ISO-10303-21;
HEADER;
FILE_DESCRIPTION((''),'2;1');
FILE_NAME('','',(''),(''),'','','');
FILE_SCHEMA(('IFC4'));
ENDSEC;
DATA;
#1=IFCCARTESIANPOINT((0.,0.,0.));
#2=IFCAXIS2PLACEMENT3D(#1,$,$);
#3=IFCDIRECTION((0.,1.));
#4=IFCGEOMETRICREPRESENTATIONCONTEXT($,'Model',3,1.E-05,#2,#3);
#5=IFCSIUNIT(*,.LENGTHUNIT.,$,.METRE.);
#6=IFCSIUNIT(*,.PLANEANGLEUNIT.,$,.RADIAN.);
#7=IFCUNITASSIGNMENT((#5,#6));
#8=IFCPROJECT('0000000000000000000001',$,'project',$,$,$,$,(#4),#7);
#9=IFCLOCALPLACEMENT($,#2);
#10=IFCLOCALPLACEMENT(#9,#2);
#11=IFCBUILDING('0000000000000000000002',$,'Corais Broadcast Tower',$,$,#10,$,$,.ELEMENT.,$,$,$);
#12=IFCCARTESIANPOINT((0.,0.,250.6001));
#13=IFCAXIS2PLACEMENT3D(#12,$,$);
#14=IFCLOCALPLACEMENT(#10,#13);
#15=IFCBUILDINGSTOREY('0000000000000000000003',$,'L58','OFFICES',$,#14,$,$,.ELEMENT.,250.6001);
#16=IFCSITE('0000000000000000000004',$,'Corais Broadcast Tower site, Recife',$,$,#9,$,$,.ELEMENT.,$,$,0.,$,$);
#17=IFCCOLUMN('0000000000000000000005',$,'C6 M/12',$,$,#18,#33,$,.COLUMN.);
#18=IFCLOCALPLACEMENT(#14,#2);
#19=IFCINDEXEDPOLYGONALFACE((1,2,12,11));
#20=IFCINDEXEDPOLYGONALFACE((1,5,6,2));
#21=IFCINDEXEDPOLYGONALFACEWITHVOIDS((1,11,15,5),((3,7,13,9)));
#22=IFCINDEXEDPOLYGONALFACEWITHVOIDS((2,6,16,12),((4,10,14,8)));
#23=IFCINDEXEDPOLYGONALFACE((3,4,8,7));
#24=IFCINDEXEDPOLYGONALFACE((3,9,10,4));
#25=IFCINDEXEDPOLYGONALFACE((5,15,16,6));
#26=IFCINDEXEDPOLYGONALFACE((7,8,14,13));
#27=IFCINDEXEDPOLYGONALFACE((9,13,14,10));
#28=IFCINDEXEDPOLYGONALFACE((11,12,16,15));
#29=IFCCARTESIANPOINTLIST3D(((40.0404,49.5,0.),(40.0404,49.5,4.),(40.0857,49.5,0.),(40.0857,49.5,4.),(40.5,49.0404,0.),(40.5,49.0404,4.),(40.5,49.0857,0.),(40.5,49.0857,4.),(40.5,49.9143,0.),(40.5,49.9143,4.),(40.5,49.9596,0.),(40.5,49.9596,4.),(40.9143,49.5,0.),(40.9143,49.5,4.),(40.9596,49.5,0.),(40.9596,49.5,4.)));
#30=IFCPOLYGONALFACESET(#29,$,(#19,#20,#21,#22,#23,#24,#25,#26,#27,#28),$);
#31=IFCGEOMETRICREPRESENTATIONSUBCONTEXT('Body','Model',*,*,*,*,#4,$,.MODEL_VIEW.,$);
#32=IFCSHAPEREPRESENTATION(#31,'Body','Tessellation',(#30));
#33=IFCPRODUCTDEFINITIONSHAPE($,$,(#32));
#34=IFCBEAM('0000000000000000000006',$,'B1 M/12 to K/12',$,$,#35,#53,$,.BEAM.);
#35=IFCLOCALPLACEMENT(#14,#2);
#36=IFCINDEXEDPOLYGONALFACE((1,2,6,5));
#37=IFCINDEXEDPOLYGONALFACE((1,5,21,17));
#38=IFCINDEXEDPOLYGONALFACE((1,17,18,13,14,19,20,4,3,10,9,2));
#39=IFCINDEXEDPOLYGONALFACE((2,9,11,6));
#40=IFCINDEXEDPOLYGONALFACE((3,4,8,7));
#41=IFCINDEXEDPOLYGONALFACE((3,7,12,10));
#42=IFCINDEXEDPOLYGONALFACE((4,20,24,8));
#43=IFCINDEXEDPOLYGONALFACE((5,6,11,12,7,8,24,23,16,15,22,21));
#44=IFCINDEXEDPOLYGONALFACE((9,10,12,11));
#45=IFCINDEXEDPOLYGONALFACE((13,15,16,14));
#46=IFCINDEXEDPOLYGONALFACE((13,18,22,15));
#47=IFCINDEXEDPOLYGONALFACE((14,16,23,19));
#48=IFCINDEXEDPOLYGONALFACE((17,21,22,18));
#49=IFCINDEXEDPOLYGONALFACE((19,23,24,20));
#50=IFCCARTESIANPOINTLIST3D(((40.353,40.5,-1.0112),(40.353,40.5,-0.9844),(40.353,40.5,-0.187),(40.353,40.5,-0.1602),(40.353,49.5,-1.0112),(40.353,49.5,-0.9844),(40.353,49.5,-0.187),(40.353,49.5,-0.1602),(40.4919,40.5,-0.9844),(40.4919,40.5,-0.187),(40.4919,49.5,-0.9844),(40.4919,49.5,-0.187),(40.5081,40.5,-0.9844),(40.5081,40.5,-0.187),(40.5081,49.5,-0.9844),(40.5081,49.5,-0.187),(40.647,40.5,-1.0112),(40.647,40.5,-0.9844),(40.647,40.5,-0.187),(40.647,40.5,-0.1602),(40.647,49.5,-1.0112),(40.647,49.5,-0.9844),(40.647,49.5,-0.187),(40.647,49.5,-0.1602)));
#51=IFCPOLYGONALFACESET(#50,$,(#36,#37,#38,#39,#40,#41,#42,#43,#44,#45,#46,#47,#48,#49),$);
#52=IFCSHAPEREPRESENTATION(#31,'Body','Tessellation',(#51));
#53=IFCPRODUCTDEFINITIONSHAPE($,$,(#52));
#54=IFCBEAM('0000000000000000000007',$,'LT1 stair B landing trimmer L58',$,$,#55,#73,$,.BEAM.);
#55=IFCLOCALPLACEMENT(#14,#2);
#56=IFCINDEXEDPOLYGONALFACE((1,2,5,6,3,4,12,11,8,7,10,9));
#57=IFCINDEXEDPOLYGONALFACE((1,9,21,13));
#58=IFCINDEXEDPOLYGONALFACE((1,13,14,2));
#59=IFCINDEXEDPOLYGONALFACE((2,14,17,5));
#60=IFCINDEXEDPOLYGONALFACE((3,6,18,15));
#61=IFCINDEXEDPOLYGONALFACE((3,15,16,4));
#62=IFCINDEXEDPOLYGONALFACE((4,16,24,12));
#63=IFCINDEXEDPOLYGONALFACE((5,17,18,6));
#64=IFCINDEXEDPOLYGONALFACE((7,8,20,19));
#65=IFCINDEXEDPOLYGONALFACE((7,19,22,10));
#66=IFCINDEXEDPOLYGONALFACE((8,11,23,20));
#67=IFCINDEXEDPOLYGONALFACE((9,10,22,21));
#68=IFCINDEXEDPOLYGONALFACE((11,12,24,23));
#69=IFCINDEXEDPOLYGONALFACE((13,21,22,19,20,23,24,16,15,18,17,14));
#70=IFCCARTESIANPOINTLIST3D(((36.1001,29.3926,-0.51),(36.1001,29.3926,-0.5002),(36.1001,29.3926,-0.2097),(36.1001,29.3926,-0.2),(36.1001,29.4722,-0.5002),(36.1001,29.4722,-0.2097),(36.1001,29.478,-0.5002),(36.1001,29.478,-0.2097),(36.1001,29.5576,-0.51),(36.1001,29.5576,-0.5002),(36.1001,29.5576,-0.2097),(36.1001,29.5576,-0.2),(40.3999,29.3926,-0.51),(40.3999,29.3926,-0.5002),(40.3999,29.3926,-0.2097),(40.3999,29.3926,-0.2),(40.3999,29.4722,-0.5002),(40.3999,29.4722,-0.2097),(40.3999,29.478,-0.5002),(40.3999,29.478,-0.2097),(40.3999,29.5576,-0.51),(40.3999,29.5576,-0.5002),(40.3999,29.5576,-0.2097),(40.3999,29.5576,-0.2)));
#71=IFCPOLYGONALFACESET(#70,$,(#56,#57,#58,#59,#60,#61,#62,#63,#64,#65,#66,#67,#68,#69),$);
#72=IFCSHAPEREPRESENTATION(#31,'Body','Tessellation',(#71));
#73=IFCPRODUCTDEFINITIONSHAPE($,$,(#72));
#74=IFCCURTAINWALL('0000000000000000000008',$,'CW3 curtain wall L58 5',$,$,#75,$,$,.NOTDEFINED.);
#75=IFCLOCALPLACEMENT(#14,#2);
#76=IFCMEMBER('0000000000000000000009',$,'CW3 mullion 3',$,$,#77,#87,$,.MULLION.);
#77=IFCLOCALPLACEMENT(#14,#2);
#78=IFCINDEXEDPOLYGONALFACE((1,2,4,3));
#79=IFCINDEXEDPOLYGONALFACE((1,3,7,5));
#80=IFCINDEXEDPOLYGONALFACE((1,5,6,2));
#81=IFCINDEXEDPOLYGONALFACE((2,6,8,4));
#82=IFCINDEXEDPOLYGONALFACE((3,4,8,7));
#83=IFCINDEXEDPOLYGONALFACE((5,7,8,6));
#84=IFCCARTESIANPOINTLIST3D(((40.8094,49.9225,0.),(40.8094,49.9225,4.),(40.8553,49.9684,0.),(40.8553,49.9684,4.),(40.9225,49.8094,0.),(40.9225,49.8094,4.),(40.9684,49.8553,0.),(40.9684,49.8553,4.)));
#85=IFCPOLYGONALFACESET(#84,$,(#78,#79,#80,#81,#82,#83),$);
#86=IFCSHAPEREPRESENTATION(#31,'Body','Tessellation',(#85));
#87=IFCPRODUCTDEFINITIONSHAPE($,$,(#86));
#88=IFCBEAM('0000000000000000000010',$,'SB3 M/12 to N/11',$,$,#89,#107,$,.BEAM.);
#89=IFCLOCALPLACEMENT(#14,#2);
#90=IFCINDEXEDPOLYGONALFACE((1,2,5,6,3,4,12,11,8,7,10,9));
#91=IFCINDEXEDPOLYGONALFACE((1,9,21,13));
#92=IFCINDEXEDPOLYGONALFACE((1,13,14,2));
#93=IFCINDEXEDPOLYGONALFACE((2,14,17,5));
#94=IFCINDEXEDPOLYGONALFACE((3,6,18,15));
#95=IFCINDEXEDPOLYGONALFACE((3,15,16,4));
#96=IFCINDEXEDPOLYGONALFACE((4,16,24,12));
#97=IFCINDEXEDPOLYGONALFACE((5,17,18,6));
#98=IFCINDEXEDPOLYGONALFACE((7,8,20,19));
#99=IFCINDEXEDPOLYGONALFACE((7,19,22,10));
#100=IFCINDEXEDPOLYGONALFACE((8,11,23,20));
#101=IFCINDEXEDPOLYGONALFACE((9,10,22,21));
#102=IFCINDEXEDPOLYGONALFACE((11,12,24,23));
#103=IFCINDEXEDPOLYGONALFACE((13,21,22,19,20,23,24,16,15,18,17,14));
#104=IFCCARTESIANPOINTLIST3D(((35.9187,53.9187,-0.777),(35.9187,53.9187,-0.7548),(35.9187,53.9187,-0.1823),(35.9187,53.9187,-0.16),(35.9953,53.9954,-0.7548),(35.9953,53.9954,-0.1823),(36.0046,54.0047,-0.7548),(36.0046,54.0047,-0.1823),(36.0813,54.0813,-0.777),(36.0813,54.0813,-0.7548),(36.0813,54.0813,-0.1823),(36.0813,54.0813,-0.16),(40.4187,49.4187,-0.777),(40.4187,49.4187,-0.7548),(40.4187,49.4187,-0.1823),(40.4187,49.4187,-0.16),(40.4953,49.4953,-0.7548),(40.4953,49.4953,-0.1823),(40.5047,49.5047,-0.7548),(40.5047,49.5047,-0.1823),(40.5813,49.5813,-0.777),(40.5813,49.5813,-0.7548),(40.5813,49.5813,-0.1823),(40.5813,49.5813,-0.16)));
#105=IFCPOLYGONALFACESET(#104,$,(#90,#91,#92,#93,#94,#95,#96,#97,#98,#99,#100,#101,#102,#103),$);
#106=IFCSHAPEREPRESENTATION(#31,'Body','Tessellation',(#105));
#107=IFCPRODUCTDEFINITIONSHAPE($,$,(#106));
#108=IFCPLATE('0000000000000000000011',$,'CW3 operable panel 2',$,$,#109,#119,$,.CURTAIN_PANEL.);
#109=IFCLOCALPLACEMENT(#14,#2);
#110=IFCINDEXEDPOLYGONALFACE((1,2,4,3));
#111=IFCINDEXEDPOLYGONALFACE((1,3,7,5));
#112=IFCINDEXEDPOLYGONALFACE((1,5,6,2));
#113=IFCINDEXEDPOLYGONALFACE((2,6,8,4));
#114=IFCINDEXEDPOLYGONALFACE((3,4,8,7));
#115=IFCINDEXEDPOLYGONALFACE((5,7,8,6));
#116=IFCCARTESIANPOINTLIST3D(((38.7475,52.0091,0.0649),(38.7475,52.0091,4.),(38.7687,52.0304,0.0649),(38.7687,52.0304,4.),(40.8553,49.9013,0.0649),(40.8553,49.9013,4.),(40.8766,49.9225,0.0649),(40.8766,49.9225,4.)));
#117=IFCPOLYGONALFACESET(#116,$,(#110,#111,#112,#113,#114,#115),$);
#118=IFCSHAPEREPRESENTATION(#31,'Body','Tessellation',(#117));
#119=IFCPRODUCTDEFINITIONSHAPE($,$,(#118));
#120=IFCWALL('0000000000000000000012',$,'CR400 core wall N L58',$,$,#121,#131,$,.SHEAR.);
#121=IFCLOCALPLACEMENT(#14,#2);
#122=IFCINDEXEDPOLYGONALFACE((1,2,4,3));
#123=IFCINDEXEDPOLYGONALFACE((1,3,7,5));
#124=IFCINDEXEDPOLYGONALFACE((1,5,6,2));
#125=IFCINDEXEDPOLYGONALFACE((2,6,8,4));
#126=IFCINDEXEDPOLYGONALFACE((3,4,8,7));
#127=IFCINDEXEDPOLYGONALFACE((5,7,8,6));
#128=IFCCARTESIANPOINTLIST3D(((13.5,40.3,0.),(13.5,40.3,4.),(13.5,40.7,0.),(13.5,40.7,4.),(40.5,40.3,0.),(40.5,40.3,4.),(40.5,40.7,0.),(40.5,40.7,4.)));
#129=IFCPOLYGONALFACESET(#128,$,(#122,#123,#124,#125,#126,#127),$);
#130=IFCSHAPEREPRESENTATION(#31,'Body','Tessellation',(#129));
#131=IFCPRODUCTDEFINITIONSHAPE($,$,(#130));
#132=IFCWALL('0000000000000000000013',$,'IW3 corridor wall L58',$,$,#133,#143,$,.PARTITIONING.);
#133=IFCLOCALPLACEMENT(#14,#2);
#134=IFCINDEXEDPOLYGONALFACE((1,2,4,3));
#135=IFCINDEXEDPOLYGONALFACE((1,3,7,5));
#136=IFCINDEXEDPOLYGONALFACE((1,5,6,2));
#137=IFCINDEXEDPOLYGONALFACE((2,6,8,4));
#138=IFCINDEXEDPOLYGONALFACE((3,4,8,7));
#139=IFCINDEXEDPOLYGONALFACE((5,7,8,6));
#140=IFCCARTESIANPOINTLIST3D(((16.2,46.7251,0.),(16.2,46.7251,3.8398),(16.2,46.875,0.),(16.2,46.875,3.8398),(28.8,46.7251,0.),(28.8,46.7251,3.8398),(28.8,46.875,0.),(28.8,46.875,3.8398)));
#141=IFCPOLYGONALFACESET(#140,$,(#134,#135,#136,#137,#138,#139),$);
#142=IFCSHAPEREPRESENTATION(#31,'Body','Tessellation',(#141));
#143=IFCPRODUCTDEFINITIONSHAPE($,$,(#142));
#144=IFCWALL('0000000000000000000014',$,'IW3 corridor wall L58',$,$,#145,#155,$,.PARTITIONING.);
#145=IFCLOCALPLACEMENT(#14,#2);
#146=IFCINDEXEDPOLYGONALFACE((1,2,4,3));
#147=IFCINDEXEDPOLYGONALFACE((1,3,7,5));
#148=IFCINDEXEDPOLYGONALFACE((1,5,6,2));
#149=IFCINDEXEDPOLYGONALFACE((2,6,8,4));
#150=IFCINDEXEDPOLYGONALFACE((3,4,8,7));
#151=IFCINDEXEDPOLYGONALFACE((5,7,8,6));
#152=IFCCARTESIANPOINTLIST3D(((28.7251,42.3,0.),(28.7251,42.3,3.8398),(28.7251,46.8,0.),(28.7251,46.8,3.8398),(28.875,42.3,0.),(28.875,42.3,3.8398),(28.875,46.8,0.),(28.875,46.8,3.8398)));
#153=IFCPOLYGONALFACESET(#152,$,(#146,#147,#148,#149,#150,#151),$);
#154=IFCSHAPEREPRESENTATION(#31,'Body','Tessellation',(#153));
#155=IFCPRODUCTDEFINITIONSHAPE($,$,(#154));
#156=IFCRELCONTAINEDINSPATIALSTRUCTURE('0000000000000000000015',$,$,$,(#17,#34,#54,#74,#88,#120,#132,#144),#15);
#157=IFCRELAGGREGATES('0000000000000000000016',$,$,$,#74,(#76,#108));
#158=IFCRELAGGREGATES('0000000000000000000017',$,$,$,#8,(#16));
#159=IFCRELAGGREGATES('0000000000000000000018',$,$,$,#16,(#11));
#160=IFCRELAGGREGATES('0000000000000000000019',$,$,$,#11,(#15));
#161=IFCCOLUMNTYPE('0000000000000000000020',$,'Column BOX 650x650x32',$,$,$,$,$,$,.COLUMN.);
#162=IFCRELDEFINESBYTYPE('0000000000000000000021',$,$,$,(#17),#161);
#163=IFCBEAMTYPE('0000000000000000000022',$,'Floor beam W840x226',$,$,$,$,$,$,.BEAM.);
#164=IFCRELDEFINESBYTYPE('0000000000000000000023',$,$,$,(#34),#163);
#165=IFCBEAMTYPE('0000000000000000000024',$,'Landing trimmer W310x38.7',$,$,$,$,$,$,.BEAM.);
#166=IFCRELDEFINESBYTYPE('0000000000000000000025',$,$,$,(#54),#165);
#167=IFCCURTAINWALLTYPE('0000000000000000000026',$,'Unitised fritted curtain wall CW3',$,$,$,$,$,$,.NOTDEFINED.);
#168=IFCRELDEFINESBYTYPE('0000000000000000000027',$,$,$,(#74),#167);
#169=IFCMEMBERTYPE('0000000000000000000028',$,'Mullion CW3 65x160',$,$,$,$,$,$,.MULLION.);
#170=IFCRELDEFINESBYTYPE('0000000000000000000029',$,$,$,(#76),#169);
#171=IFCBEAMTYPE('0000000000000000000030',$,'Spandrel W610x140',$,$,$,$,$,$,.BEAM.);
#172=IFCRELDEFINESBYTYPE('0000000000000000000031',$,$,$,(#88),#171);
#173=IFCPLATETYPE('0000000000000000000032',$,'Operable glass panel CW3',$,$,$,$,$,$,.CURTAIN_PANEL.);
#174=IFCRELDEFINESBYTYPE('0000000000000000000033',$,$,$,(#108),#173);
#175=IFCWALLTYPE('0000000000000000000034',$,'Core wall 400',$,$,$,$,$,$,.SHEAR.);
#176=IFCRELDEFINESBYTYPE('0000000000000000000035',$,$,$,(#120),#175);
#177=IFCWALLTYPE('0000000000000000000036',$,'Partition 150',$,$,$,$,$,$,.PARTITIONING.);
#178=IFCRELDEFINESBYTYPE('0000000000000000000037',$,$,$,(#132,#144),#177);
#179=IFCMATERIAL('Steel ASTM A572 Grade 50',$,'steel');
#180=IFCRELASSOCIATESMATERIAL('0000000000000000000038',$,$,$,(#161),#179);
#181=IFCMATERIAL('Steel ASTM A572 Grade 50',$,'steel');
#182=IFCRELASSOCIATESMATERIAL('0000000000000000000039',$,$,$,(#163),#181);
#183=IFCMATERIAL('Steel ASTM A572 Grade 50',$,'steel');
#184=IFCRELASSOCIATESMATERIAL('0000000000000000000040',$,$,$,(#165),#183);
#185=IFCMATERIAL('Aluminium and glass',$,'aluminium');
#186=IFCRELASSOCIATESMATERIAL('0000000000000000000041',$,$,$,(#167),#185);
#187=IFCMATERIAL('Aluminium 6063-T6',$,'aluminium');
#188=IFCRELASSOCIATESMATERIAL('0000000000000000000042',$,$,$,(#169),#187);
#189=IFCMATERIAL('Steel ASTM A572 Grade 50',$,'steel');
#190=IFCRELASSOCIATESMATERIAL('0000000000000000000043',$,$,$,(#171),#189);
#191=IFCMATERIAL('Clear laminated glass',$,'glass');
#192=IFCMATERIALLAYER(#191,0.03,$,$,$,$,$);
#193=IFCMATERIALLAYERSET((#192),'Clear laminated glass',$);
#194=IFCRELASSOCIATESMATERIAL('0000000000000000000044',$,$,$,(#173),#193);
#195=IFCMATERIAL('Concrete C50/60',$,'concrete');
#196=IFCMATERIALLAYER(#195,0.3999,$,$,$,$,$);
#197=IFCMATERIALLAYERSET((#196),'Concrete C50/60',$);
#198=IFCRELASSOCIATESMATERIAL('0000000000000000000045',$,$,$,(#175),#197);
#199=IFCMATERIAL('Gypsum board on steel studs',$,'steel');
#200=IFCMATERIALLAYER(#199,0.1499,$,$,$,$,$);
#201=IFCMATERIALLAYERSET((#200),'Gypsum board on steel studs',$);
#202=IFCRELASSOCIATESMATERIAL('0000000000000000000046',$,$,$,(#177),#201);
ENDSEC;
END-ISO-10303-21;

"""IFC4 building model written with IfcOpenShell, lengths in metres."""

from ifc_helpers import new_model, si_unit, direction, frame, frame_2d, origin, origin_2d, place, context, subcontext, project, spatial, rectangle, hollow_rectangle, i_section, extrude, material, layer, layer_set, material_profile, profile_set, type_object, element, aggregate, save


model = new_model("IFC4")

# Units and contexts
model_context = context("Model", 3, precision=1e-05, world=origin(), true_north=direction((0.0, 1.0)))
body_context = subcontext(model_context, "Body", "Model", "MODEL_VIEW")
ifc_project = project(units=[si_unit("LENGTHUNIT", "METRE"), si_unit("PLANEANGLEUNIT", "RADIAN")], contexts=[model_context])

# Site, building, storey
site_placement = place(None, origin())
site = spatial("IfcSite", under=ifc_project, at=site_placement, Name="Corais Broadcast Tower site, Recife", CompositionType="ELEMENT", RefElevation=0.0)
building_placement = place(site_placement, origin())
building = spatial("IfcBuilding", under=site, at=building_placement, Name="Corais Broadcast Tower", CompositionType="ELEMENT")
storey_placement = place(building_placement, frame((0.0, 0.0, 250.6001)))
storey = spatial("IfcBuildingStorey", under=building, at=storey_placement, Name="L58", Description="OFFICES", CompositionType="ELEMENT", Elevation=250.6001)

# Column
ifc_material_1 = material(Name="Steel ASTM A572 Grade 50", Category="steel")
ifc_material_profile_1 = material_profile(ifc_material_1, hollow_rectangle(XDim=0.6499, YDim=0.6499, WallThickness=0.032, at=origin_2d()), Name="BOX 650x650x32")
ifc_profile_set_1 = profile_set([ifc_material_profile_1], Name="Steel ASTM A572 Grade 50")
column_type = type_object("IfcColumnType", Name="Column BOX 650x650x32", PredefinedType="COLUMN", material=ifc_profile_set_1)
column_placement = place(storey_placement, frame((40.5, 49.5, 0.0), z_axis=(0.0, 0.0, 1.0), x_axis=(0.707107, 0.707107, 0.0)))
element("IfcColumn", 1, at=column_placement, inside=storey, type_object=column_type, Name="C6 M/12", PredefinedType="COLUMN", context=body_context, shape_type="SweptSolid", body=[
    extrude(hollow_rectangle(XDim=0.6499, YDim=0.6499, WallThickness=0.032, at=origin_2d()), origin(), (0.0, 0.0, 1.0), 4.0),
])

# Beams
ifc_material_2 = material(Name="Steel ASTM A572 Grade 50", Category="steel")
ifc_material_profile_2 = material_profile(ifc_material_2, i_section(OverallWidth=0.2939, OverallDepth=0.8511, WebThickness=0.0161, FlangeThickness=0.0269, at=origin_2d()), Name="W840x226")
ifc_profile_set_2 = profile_set([ifc_material_profile_2], Name="Steel ASTM A572 Grade 50")
beam_type_1 = type_object("IfcBeamType", Name="Floor beam W840x226", PredefinedType="BEAM", material=ifc_profile_set_2)
beam_1_placement = place(storey_placement, frame((40.5, 49.5, -0.5857), z_axis=(0.0, -1.0, 0.0), x_axis=(1.0, 0.0, 0.0)))
element("IfcBeam", 2, at=beam_1_placement, inside=storey, type_object=beam_type_1, Name="B1 M/12 to K/12", PredefinedType="BEAM", context=body_context, shape_type="SweptSolid", body=[
    extrude(i_section(OverallWidth=0.2939, OverallDepth=0.8511, WebThickness=0.0161, FlangeThickness=0.0269, at=origin_2d()), origin(), (0.0, 0.0, 1.0), 9.0),
])
ifc_material_3 = material(Name="Steel ASTM A572 Grade 50", Category="steel")
ifc_material_profile_3 = material_profile(ifc_material_3, i_section(OverallWidth=0.165, OverallDepth=0.3101, WebThickness=0.0059, FlangeThickness=0.0098, at=origin_2d()), Name="W310x38.7")
ifc_profile_set_3 = profile_set([ifc_material_profile_3], Name="Steel ASTM A572 Grade 50")
beam_type_2 = type_object("IfcBeamType", Name="Landing trimmer W310x38.7", PredefinedType="BEAM", material=ifc_profile_set_3)
beam_2_placement = place(storey_placement, frame((36.1001, 29.4751, -0.355), z_axis=(1.0, 0.0, 0.0), x_axis=(0.0, 1.0, 0.0)))
element("IfcBeam", 3, at=beam_2_placement, inside=storey, type_object=beam_type_2, Name="LT1 stair B landing trimmer L58", PredefinedType="BEAM", context=body_context, shape_type="SweptSolid", body=[
    extrude(i_section(OverallWidth=0.165, OverallDepth=0.3101, WebThickness=0.0059, FlangeThickness=0.0098, at=origin_2d()), origin(), (0.0, 0.0, 1.0), 4.2998),
])

# Curtain wall, member
ifc_material_4 = material(Name="Aluminium and glass", Category="aluminium")
curtain_wall_type = type_object("IfcCurtainWallType", Name="Unitised fritted curtain wall CW3", PredefinedType="NOTDEFINED", material=ifc_material_4)
curtain_wall_placement = place(storey_placement, origin())
curtain_wall = element("IfcCurtainWall", 4, at=curtain_wall_placement, inside=storey, type_object=curtain_wall_type, Name="CW3 curtain wall L58 5", PredefinedType="NOTDEFINED")
ifc_material_5 = material(Name="Aluminium 6063-T6", Category="aluminium")
ifc_material_profile_4 = material_profile(ifc_material_5, rectangle(XDim=0.0649, YDim=0.1599, at=origin_2d()), Name="Mullion CW3 65x160")
ifc_profile_set_4 = profile_set([ifc_material_profile_4], Name="Aluminium 6063-T6")
member_type = type_object("IfcMemberType", Name="Mullion CW3 65x160", PredefinedType="MULLION", material=ifc_profile_set_4)
member_placement = place(storey_placement, frame((40.8889, 49.8889, 0.0), z_axis=(0.0, 0.0, 1.0), x_axis=(0.707107, 0.707107, 0.0)))
member = element("IfcMember", 5, at=member_placement, type_object=member_type, Name="CW3 mullion 3", PredefinedType="MULLION", context=body_context, shape_type="SweptSolid", body=[
    extrude(rectangle(XDim=0.0649, YDim=0.1599, at=origin_2d()), origin(), (0.0, 0.0, 1.0), 4.0),
])

# Beam
ifc_material_6 = material(Name="Steel ASTM A572 Grade 50", Category="steel")
ifc_material_profile_5 = material_profile(ifc_material_6, i_section(OverallWidth=0.23, OverallDepth=0.6169, WebThickness=0.0132, FlangeThickness=0.0222, at=origin_2d()), Name="W610x140")
ifc_profile_set_5 = profile_set([ifc_material_profile_5], Name="Steel ASTM A572 Grade 50")
beam_type_3 = type_object("IfcBeamType", Name="Spandrel W610x140", PredefinedType="BEAM", material=ifc_profile_set_5)
beam_3_placement = place(storey_placement, frame((40.5, 49.5, -0.4685), z_axis=(-0.707107, 0.707107, 0.0), x_axis=(-0.707107, -0.707107, 0.0)))
element("IfcBeam", 6, at=beam_3_placement, inside=storey, type_object=beam_type_3, Name="SB3 M/12 to N/11", PredefinedType="BEAM", context=body_context, shape_type="SweptSolid", body=[
    extrude(i_section(OverallWidth=0.23, OverallDepth=0.6169, WebThickness=0.0132, FlangeThickness=0.0222, at=origin_2d()), origin(), (0.0, 0.0, 1.0), 6.364),
])

# Plate
ifc_material_7 = material(Name="Clear laminated glass", Category="glass")
ifc_layer_1 = layer(ifc_material_7, 0.03)
ifc_layer_set_1 = layer_set([ifc_layer_1], Name="Clear laminated glass")
plate_type = type_object("IfcPlateType", Name="Operable glass panel CW3", PredefinedType="CURTAIN_PANEL", material=ifc_layer_set_1)
plate_placement = place(storey_placement, frame((39.812, 50.9658, 0.0649), z_axis=(0.0, 0.0, 1.0), x_axis=(0.707107, -0.707107, 0.0)))
plate = element("IfcPlate", 7, at=plate_placement, type_object=plate_type, Name="CW3 operable panel 2", PredefinedType="CURTAIN_PANEL", context=body_context, shape_type="SweptSolid", body=[
    extrude(rectangle(XDim=2.981, YDim=0.03, at=origin_2d()), origin(), (0.0, 0.0, 1.0), 3.9351),
])
aggregate(curtain_wall, [member, plate])

# Walls
ifc_material_8 = material(Name="Concrete C50/60", Category="concrete")
ifc_layer_2 = layer(ifc_material_8, 0.3999)
ifc_layer_set_2 = layer_set([ifc_layer_2], Name="Concrete C50/60")
wall_type_1 = type_object("IfcWallType", Name="Core wall 400", PredefinedType="SHEAR", material=ifc_layer_set_2)
wall_1_placement = place(storey_placement, frame((40.5, 40.5, 0.0), z_axis=(0.0, 0.0, 1.0), x_axis=(-1.0, 0.0, 0.0)))
element("IfcWall", 8, at=wall_1_placement, inside=storey, type_object=wall_type_1, Name="CR400 core wall N L58", PredefinedType="SHEAR", context=body_context, shape_type="SweptSolid", body=[
    extrude(rectangle(XDim=27.0, YDim=0.3999, at=frame_2d((13.5, 0.0))), origin(), (0.0, 0.0, 1.0), 4.0),
])
ifc_material_9 = material(Name="Gypsum board on steel studs", Category="steel")
ifc_layer_3 = layer(ifc_material_9, 0.1499)
ifc_layer_set_3 = layer_set([ifc_layer_3], Name="Gypsum board on steel studs")
wall_type_2 = type_object("IfcWallType", Name="Partition 150", PredefinedType="PARTITIONING", material=ifc_layer_set_3)
wall_2_placement = place(storey_placement, frame((28.8, 46.8, 0.0), z_axis=(0.0, 0.0, 1.0), x_axis=(-1.0, 0.0, 0.0)))
element("IfcWall", 9, at=wall_2_placement, inside=storey, type_object=wall_type_2, Name="IW3 corridor wall L58", PredefinedType="PARTITIONING", context=body_context, shape_type="SweptSolid", body=[
    extrude(rectangle(XDim=12.6001, YDim=0.1499, at=frame_2d((6.3, 0.0))), origin(), (0.0, 0.0, 1.0), 3.8398),
])
wall_3_placement = place(storey_placement, frame((28.8, 42.3, 0.0), z_axis=(0.0, 0.0, 1.0), x_axis=(0.0, 1.0, 0.0)))
element("IfcWall", 10, at=wall_3_placement, inside=storey, type_object=wall_type_2, Name="IW3 corridor wall L58", PredefinedType="PARTITIONING", context=body_context, shape_type="SweptSolid", body=[
    extrude(rectangle(XDim=4.5, YDim=0.1499, at=frame_2d((2.25, 0.0))), origin(), (0.0, 0.0, 1.0), 3.8398),
])

save(model, "model.ifc")
